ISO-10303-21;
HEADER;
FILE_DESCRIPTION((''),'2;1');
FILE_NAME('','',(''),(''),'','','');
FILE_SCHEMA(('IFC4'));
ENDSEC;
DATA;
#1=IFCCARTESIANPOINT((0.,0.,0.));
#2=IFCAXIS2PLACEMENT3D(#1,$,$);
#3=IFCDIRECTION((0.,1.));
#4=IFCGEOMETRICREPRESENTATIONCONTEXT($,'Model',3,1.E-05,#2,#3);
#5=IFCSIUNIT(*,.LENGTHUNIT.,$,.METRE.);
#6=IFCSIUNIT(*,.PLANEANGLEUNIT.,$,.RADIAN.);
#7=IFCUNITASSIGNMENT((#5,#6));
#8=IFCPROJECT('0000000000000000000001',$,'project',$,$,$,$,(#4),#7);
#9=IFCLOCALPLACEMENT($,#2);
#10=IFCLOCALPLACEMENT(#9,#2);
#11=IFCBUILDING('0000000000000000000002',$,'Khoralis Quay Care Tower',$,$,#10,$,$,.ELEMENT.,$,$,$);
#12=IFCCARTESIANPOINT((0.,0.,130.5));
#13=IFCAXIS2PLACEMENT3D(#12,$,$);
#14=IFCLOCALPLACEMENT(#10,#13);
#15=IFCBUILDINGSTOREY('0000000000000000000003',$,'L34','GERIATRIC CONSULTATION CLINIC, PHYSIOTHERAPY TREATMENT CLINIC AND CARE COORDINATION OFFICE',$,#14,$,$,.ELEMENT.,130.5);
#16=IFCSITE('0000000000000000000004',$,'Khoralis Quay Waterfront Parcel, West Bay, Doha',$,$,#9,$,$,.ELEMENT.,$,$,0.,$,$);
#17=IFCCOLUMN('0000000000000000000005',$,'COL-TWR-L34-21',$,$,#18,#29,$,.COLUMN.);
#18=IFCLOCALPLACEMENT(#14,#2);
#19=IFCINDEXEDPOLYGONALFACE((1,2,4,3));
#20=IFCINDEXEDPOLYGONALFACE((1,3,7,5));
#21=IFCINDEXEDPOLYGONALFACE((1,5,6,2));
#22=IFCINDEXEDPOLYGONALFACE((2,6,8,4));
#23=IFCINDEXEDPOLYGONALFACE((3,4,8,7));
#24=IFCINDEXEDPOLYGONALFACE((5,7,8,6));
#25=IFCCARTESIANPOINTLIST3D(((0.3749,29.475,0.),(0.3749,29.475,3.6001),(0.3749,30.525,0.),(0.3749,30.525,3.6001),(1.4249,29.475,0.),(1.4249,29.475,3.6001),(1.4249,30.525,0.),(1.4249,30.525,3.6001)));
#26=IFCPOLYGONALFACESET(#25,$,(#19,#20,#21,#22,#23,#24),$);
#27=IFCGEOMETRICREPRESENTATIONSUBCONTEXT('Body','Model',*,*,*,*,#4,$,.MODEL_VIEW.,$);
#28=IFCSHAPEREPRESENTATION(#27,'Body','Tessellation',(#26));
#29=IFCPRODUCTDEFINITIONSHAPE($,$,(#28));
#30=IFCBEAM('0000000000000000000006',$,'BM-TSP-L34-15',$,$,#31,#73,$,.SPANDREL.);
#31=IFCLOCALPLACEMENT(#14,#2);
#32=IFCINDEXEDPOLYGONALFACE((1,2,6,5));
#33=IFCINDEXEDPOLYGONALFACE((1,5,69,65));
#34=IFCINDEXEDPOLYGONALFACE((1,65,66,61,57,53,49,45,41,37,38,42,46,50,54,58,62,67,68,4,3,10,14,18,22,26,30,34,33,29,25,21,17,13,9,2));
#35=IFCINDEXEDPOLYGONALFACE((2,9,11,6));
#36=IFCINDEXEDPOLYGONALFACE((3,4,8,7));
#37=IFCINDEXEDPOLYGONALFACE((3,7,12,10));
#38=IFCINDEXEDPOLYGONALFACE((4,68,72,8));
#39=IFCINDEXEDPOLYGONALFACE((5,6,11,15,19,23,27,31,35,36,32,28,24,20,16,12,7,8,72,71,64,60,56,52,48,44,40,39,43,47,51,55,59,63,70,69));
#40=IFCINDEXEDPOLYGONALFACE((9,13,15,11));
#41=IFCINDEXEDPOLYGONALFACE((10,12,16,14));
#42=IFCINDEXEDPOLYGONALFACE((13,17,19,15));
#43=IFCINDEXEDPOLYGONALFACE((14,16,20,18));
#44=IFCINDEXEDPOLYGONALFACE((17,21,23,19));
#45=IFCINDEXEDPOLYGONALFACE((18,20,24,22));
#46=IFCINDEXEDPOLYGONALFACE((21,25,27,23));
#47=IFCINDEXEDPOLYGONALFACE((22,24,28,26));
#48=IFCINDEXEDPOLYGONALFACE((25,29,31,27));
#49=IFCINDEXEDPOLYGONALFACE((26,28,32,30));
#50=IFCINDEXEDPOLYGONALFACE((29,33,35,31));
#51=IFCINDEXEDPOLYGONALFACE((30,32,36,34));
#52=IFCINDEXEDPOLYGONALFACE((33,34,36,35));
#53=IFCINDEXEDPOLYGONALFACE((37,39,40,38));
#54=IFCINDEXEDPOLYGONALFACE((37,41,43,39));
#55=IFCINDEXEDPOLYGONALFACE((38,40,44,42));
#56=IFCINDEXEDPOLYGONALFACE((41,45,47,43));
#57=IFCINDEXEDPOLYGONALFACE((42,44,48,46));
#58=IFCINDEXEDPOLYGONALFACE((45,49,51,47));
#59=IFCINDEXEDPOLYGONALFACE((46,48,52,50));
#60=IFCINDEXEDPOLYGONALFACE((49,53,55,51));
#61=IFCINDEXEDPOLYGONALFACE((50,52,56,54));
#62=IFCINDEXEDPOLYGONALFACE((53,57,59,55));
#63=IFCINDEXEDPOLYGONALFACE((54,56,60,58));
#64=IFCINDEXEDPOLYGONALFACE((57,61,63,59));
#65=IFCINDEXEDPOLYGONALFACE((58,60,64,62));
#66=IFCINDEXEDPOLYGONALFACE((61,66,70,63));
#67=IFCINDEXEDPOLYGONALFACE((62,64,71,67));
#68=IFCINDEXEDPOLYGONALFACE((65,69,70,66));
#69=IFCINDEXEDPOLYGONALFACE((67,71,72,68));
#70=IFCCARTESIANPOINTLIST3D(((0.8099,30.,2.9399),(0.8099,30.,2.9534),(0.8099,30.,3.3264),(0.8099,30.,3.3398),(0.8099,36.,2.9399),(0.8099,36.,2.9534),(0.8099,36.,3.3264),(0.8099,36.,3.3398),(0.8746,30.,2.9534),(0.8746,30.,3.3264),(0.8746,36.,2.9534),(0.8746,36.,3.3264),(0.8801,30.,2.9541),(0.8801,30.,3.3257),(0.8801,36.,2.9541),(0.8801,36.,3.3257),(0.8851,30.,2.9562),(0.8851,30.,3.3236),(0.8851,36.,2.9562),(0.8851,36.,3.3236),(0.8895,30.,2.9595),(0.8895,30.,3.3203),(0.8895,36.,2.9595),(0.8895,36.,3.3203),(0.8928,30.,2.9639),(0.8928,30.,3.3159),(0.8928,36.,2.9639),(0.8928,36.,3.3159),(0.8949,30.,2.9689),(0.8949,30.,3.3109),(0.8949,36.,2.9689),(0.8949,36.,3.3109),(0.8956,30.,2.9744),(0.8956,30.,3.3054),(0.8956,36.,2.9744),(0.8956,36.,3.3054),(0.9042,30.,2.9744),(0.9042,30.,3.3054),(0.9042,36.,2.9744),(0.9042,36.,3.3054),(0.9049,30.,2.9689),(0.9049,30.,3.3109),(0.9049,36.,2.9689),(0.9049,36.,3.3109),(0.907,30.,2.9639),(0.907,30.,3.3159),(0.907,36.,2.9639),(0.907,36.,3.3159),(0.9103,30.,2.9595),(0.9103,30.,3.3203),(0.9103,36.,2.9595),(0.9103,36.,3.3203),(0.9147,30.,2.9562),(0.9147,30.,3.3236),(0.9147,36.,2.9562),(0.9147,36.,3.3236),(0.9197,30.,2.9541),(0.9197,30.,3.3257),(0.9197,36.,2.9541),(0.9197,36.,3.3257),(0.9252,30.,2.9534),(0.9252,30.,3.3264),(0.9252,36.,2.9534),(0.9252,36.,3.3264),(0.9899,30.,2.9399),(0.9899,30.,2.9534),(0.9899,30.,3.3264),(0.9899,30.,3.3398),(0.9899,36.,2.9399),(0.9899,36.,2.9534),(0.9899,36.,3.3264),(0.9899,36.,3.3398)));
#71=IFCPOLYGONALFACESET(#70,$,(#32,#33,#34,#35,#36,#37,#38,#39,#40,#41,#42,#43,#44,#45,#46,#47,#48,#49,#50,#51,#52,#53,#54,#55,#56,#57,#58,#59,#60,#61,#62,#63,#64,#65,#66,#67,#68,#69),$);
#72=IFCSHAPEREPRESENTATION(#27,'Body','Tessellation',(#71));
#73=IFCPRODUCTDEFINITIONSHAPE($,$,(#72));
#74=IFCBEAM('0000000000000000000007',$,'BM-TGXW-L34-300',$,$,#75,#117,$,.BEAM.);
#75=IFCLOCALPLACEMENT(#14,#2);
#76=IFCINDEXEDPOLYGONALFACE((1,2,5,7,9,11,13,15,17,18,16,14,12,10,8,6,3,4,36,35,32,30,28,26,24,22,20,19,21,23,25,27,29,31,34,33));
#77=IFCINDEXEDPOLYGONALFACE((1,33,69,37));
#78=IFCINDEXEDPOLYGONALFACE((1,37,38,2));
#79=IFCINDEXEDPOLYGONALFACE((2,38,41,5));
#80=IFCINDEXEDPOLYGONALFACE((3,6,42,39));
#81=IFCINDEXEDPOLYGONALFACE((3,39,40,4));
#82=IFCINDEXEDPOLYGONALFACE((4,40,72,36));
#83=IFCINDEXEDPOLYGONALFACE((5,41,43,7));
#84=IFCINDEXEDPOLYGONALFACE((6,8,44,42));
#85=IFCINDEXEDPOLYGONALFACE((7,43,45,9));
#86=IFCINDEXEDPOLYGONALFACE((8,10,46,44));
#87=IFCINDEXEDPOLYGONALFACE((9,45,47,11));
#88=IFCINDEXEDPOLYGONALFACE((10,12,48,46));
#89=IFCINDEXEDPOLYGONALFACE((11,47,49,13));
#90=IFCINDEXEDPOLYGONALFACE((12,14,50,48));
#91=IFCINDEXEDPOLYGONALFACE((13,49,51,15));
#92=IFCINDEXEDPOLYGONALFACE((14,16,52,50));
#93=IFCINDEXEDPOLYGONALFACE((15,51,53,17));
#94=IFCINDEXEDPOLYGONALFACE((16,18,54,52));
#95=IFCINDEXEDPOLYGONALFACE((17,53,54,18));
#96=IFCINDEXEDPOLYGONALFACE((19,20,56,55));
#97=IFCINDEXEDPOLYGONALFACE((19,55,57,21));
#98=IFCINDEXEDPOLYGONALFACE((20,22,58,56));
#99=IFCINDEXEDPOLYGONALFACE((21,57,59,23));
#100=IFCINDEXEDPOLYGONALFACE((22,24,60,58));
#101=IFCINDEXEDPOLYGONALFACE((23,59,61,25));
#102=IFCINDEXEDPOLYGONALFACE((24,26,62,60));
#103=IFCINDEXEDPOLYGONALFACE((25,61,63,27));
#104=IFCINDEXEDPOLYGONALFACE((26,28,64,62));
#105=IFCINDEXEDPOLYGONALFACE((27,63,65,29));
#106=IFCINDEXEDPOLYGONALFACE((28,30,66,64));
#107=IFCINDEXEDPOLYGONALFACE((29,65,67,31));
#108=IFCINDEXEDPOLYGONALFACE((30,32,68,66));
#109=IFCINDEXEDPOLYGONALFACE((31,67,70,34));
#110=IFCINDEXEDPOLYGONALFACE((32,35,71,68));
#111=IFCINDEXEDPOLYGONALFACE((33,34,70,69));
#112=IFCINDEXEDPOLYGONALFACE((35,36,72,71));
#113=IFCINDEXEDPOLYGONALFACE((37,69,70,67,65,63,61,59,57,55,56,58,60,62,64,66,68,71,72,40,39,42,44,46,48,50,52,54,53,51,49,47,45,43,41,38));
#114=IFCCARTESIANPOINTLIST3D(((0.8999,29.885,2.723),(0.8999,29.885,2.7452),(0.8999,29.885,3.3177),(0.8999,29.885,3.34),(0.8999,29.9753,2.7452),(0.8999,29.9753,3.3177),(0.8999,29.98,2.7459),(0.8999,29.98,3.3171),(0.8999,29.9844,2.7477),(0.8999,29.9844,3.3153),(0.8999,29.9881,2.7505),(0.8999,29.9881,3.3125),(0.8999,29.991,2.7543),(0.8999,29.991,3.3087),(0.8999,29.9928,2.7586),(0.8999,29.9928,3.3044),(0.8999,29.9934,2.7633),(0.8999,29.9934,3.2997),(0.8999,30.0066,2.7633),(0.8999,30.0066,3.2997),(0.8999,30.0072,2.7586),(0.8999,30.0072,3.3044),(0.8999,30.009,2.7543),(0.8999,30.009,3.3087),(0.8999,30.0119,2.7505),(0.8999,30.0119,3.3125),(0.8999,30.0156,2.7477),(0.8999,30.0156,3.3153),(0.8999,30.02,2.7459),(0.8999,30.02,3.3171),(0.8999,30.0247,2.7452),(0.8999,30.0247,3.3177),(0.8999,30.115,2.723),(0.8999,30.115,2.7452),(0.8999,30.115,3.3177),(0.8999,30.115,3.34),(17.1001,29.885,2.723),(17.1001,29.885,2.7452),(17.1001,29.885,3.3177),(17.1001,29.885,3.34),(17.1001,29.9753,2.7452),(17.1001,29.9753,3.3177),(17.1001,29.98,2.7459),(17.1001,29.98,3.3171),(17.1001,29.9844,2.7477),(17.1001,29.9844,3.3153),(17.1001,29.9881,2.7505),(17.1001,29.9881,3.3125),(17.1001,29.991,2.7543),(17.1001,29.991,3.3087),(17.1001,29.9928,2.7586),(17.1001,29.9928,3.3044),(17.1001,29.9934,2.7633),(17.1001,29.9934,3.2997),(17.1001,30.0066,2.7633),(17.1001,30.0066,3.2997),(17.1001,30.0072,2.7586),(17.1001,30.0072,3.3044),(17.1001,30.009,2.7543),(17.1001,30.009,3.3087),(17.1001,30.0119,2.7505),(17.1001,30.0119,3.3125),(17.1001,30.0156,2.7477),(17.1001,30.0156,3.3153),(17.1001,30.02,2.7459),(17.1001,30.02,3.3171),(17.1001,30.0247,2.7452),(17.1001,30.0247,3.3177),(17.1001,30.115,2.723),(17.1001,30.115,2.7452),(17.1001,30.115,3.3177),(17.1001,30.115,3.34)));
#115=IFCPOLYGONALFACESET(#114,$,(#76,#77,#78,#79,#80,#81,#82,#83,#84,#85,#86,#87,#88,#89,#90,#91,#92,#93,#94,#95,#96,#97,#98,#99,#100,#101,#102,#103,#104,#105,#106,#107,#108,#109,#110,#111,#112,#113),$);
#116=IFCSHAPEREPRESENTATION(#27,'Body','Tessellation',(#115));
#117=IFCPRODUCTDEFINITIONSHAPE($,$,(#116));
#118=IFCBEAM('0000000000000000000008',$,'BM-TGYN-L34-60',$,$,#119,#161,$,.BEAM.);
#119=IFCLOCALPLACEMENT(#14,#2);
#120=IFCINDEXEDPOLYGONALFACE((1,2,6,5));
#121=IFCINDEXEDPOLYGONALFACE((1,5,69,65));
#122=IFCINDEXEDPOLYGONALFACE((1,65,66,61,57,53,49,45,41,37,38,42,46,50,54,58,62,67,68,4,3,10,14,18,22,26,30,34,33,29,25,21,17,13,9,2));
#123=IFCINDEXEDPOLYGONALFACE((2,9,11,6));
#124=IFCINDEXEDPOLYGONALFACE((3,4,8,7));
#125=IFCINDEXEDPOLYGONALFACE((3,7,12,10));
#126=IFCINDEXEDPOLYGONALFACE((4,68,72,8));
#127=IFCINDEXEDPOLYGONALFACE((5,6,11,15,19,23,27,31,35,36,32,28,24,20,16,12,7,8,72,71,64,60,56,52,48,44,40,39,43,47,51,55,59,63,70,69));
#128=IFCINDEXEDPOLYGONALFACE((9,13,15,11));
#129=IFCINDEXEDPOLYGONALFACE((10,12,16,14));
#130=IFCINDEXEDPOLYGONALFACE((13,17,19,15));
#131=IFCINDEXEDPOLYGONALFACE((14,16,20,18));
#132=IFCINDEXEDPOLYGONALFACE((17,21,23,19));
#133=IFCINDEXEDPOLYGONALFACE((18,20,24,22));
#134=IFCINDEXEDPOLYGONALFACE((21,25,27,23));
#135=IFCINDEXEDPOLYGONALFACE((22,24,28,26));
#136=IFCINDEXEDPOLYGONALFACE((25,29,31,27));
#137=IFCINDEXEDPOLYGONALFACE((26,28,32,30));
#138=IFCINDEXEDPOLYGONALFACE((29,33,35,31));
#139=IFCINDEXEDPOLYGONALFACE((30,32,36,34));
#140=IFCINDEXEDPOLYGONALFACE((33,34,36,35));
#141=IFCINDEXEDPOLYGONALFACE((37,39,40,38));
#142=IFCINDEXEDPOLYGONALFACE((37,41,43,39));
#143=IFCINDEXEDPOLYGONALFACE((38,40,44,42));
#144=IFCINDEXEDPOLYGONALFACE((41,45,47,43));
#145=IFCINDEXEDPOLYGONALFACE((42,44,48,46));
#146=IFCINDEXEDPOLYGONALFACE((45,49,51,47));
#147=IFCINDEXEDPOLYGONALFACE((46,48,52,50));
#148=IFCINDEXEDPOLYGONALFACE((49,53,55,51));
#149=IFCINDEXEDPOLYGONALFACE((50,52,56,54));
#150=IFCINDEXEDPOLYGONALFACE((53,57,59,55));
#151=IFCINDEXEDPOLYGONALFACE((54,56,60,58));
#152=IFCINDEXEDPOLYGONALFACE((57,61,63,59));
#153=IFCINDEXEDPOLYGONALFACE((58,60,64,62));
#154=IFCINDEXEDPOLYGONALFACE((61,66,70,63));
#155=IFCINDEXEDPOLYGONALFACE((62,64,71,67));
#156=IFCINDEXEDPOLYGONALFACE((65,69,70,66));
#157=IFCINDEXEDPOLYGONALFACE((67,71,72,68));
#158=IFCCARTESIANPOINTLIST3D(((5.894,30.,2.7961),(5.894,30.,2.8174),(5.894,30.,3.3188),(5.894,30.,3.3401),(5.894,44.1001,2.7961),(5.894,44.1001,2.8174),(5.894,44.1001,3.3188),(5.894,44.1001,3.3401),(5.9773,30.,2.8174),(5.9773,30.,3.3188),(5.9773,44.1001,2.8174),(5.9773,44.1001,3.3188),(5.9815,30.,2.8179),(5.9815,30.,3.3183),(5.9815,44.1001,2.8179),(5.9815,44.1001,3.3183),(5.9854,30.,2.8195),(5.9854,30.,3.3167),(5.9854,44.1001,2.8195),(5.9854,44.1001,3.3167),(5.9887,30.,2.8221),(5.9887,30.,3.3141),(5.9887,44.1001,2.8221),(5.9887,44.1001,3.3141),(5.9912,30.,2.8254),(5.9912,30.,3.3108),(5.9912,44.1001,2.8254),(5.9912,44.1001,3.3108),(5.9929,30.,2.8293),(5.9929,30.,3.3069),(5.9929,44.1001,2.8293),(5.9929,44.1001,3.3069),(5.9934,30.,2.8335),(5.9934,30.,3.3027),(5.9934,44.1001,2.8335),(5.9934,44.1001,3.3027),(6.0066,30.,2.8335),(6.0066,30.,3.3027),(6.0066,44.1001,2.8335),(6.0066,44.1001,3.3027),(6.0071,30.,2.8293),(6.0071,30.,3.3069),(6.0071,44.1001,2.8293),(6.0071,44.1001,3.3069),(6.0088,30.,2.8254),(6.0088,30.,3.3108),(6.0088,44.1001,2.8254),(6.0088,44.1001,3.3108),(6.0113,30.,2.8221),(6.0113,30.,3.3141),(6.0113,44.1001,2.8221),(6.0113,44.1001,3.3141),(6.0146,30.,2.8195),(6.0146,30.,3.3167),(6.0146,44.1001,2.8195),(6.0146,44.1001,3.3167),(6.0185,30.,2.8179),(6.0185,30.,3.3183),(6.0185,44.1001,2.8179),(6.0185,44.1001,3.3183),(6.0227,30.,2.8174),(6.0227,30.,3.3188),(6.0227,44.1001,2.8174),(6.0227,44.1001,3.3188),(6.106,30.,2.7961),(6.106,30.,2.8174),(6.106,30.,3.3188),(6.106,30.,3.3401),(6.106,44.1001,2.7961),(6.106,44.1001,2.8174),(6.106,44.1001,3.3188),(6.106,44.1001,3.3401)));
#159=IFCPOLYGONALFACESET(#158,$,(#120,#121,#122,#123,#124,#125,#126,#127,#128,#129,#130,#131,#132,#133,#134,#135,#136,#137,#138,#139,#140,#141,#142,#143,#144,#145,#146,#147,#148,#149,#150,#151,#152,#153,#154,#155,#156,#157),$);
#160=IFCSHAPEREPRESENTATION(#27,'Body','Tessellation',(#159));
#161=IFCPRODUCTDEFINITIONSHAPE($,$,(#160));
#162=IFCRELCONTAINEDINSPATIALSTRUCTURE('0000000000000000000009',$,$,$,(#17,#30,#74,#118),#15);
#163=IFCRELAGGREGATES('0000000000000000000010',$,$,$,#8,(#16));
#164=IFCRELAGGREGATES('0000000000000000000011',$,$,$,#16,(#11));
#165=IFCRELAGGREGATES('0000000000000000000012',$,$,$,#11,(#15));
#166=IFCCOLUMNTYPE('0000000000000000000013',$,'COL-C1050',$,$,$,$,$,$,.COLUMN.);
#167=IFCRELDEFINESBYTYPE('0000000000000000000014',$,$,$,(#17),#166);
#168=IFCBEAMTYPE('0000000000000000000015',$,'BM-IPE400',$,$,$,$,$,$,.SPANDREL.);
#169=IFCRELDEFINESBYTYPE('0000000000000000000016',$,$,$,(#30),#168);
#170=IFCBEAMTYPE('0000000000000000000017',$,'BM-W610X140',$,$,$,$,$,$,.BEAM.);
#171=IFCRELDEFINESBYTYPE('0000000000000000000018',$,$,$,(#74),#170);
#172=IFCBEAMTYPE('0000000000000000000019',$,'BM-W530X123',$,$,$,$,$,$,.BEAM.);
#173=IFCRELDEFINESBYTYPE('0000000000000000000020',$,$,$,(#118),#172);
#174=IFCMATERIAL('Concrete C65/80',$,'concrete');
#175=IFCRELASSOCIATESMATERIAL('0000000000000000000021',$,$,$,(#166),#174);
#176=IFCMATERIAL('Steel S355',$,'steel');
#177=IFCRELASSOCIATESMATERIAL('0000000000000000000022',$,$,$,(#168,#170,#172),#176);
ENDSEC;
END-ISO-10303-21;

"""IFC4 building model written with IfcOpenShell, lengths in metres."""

from ifc_helpers import new_model, si_unit, direction, frame, origin, origin_2d, place, context, subcontext, project, spatial, rectangle, i_section, extrude, source, transform, mapped, material, material_profile, profile_set, type_object, element, save


model = new_model("IFC4")

# Units and contexts
model_context = context("Model", 3, precision=1e-05, world=origin(), true_north=direction((0.0, 1.0)))
body_context = subcontext(model_context, "Body", "Model", "MODEL_VIEW")
ifc_project = project(units=[si_unit("LENGTHUNIT", "METRE"), si_unit("PLANEANGLEUNIT", "RADIAN")], contexts=[model_context])

# Site, building, storey
site_placement = place(None, origin())
site = spatial("IfcSite", under=ifc_project, at=site_placement, Name="Khoralis Quay Waterfront Parcel, West Bay, Doha", CompositionType="ELEMENT", RefElevation=0.0)
building_placement = place(site_placement, origin())
building = spatial("IfcBuilding", under=site, at=building_placement, Name="Khoralis Quay Care Tower", CompositionType="ELEMENT")
storey_placement = place(building_placement, frame((0.0, 0.0, 130.5)))
storey = spatial("IfcBuildingStorey", under=building, at=storey_placement, Name="L34", Description="GERIATRIC CONSULTATION CLINIC, PHYSIOTHERAPY TREATMENT CLINIC AND CARE COORDINATION OFFICE", CompositionType="ELEMENT", Elevation=130.5)

# Column
ifc_material_1 = material(Name="Concrete C65/80", Category="concrete")
ifc_material_profile_1 = material_profile(ifc_material_1, rectangle(XDim=1.05, YDim=1.05, at=origin_2d()), Name="Concrete C65/80")
ifc_profile_set_1 = profile_set([ifc_material_profile_1], Name="Concrete C65/80")
column_type = type_object("IfcColumnType", Name="COL-C1050", PredefinedType="COLUMN", material=ifc_profile_set_1)
shared_shape_1 = source(origin(), body_context, "Body", "SweptSolid", [
    extrude(rectangle(XDim=1.05, YDim=1.05, at=origin_2d()), origin(), (0.0, 0.0, 1.0), 3.6001),
])
column_placement = place(storey_placement, frame((0.8999, 30.0, 0.0), z_axis=(0.0, 0.0, 1.0), x_axis=(1.0, 0.0, 0.0)))
element("IfcColumn", 1, at=column_placement, inside=storey, type_object=column_type, Name="COL-TWR-L34-21", PredefinedType="COLUMN", context=body_context, shape_type="MappedRepresentation", body=[
    mapped(shared_shape_1, transform((0.0, 0.0, 0.0), scale=1.0)),
])

# Beams
ifc_material_2 = material(Name="Steel S355", Category="steel")
ifc_material_profile_2 = material_profile(ifc_material_2, i_section(OverallWidth=0.1799, OverallDepth=0.3999, WebThickness=0.0085, FlangeThickness=0.0134, FilletRadius=0.021, at=origin_2d()), Name="Steel S355")
ifc_profile_set_2 = profile_set([ifc_material_profile_2], Name="Steel S355")
beam_type_1 = type_object("IfcBeamType", Name="BM-IPE400", PredefinedType="SPANDREL", material=ifc_profile_set_2)
shared_shape_2 = source(origin(), body_context, "Body", "SweptSolid", [
    extrude(i_section(OverallWidth=0.1799, OverallDepth=0.3999, WebThickness=0.0085, FlangeThickness=0.0134, FilletRadius=0.021, at=origin_2d()), origin(), (0.0, 0.0, 1.0), 6.0),
])
beam_1_placement = place(storey_placement, frame((0.8999, 30.0, 3.1399), z_axis=(0.0, 1.0, 0.0), x_axis=(-1.0, 0.0, 0.0)))
element("IfcBeam", 2, at=beam_1_placement, inside=storey, type_object=beam_type_1, Name="BM-TSP-L34-15", PredefinedType="SPANDREL", context=body_context, shape_type="MappedRepresentation", body=[
    mapped(shared_shape_2, transform((0.0, 0.0, 0.0), scale=1.0)),
])
ifc_material_profile_3 = material_profile(ifc_material_2, i_section(OverallWidth=0.23, OverallDepth=0.6169, WebThickness=0.0132, FlangeThickness=0.0222, FilletRadius=0.0181, at=origin_2d()), Name="Steel S355")
ifc_profile_set_3 = profile_set([ifc_material_profile_3], Name="Steel S355")
beam_type_2 = type_object("IfcBeamType", Name="BM-W610X140", PredefinedType="BEAM", material=ifc_profile_set_3)
shared_shape_3 = source(origin(), body_context, "Body", "SweptSolid", [
    extrude(i_section(OverallWidth=0.23, OverallDepth=0.6169, WebThickness=0.0132, FlangeThickness=0.0222, FilletRadius=0.0181, at=origin_2d()), origin(), (0.0, 0.0, 1.0), 16.2002),
])
beam_2_placement = place(storey_placement, frame((0.8999, 30.0, 3.0315), z_axis=(1.0, 0.0, 0.0), x_axis=(0.0, 1.0, 0.0)))
element("IfcBeam", 3, at=beam_2_placement, inside=storey, type_object=beam_type_2, Name="BM-TGXW-L34-300", PredefinedType="BEAM", context=body_context, shape_type="MappedRepresentation", body=[
    mapped(shared_shape_3, transform((0.0, 0.0, 0.0), scale=1.0)),
])
ifc_material_profile_4 = material_profile(ifc_material_2, i_section(OverallWidth=0.2119, OverallDepth=0.5439, WebThickness=0.0132, FlangeThickness=0.0212, FilletRadius=0.0161, at=origin_2d()), Name="Steel S355")
ifc_profile_set_4 = profile_set([ifc_material_profile_4], Name="Steel S355")
beam_type_3 = type_object("IfcBeamType", Name="BM-W530X123", PredefinedType="BEAM", material=ifc_profile_set_4)
shared_shape_4 = source(origin(), body_context, "Body", "SweptSolid", [
    extrude(i_section(OverallWidth=0.2119, OverallDepth=0.5439, WebThickness=0.0132, FlangeThickness=0.0212, FilletRadius=0.0161, at=origin_2d()), origin(), (0.0, 0.0, 1.0), 14.1001),
])
beam_3_placement = place(storey_placement, frame((6.0, 30.0, 3.0681), z_axis=(0.0, 1.0, 0.0), x_axis=(-1.0, 0.0, 0.0)))
element("IfcBeam", 4, at=beam_3_placement, inside=storey, type_object=beam_type_3, Name="BM-TGYN-L34-60", PredefinedType="BEAM", context=body_context, shape_type="MappedRepresentation", body=[
    mapped(shared_shape_4, transform((0.0, 0.0, 0.0), scale=1.0)),
])

save(model, "model.ifc")
